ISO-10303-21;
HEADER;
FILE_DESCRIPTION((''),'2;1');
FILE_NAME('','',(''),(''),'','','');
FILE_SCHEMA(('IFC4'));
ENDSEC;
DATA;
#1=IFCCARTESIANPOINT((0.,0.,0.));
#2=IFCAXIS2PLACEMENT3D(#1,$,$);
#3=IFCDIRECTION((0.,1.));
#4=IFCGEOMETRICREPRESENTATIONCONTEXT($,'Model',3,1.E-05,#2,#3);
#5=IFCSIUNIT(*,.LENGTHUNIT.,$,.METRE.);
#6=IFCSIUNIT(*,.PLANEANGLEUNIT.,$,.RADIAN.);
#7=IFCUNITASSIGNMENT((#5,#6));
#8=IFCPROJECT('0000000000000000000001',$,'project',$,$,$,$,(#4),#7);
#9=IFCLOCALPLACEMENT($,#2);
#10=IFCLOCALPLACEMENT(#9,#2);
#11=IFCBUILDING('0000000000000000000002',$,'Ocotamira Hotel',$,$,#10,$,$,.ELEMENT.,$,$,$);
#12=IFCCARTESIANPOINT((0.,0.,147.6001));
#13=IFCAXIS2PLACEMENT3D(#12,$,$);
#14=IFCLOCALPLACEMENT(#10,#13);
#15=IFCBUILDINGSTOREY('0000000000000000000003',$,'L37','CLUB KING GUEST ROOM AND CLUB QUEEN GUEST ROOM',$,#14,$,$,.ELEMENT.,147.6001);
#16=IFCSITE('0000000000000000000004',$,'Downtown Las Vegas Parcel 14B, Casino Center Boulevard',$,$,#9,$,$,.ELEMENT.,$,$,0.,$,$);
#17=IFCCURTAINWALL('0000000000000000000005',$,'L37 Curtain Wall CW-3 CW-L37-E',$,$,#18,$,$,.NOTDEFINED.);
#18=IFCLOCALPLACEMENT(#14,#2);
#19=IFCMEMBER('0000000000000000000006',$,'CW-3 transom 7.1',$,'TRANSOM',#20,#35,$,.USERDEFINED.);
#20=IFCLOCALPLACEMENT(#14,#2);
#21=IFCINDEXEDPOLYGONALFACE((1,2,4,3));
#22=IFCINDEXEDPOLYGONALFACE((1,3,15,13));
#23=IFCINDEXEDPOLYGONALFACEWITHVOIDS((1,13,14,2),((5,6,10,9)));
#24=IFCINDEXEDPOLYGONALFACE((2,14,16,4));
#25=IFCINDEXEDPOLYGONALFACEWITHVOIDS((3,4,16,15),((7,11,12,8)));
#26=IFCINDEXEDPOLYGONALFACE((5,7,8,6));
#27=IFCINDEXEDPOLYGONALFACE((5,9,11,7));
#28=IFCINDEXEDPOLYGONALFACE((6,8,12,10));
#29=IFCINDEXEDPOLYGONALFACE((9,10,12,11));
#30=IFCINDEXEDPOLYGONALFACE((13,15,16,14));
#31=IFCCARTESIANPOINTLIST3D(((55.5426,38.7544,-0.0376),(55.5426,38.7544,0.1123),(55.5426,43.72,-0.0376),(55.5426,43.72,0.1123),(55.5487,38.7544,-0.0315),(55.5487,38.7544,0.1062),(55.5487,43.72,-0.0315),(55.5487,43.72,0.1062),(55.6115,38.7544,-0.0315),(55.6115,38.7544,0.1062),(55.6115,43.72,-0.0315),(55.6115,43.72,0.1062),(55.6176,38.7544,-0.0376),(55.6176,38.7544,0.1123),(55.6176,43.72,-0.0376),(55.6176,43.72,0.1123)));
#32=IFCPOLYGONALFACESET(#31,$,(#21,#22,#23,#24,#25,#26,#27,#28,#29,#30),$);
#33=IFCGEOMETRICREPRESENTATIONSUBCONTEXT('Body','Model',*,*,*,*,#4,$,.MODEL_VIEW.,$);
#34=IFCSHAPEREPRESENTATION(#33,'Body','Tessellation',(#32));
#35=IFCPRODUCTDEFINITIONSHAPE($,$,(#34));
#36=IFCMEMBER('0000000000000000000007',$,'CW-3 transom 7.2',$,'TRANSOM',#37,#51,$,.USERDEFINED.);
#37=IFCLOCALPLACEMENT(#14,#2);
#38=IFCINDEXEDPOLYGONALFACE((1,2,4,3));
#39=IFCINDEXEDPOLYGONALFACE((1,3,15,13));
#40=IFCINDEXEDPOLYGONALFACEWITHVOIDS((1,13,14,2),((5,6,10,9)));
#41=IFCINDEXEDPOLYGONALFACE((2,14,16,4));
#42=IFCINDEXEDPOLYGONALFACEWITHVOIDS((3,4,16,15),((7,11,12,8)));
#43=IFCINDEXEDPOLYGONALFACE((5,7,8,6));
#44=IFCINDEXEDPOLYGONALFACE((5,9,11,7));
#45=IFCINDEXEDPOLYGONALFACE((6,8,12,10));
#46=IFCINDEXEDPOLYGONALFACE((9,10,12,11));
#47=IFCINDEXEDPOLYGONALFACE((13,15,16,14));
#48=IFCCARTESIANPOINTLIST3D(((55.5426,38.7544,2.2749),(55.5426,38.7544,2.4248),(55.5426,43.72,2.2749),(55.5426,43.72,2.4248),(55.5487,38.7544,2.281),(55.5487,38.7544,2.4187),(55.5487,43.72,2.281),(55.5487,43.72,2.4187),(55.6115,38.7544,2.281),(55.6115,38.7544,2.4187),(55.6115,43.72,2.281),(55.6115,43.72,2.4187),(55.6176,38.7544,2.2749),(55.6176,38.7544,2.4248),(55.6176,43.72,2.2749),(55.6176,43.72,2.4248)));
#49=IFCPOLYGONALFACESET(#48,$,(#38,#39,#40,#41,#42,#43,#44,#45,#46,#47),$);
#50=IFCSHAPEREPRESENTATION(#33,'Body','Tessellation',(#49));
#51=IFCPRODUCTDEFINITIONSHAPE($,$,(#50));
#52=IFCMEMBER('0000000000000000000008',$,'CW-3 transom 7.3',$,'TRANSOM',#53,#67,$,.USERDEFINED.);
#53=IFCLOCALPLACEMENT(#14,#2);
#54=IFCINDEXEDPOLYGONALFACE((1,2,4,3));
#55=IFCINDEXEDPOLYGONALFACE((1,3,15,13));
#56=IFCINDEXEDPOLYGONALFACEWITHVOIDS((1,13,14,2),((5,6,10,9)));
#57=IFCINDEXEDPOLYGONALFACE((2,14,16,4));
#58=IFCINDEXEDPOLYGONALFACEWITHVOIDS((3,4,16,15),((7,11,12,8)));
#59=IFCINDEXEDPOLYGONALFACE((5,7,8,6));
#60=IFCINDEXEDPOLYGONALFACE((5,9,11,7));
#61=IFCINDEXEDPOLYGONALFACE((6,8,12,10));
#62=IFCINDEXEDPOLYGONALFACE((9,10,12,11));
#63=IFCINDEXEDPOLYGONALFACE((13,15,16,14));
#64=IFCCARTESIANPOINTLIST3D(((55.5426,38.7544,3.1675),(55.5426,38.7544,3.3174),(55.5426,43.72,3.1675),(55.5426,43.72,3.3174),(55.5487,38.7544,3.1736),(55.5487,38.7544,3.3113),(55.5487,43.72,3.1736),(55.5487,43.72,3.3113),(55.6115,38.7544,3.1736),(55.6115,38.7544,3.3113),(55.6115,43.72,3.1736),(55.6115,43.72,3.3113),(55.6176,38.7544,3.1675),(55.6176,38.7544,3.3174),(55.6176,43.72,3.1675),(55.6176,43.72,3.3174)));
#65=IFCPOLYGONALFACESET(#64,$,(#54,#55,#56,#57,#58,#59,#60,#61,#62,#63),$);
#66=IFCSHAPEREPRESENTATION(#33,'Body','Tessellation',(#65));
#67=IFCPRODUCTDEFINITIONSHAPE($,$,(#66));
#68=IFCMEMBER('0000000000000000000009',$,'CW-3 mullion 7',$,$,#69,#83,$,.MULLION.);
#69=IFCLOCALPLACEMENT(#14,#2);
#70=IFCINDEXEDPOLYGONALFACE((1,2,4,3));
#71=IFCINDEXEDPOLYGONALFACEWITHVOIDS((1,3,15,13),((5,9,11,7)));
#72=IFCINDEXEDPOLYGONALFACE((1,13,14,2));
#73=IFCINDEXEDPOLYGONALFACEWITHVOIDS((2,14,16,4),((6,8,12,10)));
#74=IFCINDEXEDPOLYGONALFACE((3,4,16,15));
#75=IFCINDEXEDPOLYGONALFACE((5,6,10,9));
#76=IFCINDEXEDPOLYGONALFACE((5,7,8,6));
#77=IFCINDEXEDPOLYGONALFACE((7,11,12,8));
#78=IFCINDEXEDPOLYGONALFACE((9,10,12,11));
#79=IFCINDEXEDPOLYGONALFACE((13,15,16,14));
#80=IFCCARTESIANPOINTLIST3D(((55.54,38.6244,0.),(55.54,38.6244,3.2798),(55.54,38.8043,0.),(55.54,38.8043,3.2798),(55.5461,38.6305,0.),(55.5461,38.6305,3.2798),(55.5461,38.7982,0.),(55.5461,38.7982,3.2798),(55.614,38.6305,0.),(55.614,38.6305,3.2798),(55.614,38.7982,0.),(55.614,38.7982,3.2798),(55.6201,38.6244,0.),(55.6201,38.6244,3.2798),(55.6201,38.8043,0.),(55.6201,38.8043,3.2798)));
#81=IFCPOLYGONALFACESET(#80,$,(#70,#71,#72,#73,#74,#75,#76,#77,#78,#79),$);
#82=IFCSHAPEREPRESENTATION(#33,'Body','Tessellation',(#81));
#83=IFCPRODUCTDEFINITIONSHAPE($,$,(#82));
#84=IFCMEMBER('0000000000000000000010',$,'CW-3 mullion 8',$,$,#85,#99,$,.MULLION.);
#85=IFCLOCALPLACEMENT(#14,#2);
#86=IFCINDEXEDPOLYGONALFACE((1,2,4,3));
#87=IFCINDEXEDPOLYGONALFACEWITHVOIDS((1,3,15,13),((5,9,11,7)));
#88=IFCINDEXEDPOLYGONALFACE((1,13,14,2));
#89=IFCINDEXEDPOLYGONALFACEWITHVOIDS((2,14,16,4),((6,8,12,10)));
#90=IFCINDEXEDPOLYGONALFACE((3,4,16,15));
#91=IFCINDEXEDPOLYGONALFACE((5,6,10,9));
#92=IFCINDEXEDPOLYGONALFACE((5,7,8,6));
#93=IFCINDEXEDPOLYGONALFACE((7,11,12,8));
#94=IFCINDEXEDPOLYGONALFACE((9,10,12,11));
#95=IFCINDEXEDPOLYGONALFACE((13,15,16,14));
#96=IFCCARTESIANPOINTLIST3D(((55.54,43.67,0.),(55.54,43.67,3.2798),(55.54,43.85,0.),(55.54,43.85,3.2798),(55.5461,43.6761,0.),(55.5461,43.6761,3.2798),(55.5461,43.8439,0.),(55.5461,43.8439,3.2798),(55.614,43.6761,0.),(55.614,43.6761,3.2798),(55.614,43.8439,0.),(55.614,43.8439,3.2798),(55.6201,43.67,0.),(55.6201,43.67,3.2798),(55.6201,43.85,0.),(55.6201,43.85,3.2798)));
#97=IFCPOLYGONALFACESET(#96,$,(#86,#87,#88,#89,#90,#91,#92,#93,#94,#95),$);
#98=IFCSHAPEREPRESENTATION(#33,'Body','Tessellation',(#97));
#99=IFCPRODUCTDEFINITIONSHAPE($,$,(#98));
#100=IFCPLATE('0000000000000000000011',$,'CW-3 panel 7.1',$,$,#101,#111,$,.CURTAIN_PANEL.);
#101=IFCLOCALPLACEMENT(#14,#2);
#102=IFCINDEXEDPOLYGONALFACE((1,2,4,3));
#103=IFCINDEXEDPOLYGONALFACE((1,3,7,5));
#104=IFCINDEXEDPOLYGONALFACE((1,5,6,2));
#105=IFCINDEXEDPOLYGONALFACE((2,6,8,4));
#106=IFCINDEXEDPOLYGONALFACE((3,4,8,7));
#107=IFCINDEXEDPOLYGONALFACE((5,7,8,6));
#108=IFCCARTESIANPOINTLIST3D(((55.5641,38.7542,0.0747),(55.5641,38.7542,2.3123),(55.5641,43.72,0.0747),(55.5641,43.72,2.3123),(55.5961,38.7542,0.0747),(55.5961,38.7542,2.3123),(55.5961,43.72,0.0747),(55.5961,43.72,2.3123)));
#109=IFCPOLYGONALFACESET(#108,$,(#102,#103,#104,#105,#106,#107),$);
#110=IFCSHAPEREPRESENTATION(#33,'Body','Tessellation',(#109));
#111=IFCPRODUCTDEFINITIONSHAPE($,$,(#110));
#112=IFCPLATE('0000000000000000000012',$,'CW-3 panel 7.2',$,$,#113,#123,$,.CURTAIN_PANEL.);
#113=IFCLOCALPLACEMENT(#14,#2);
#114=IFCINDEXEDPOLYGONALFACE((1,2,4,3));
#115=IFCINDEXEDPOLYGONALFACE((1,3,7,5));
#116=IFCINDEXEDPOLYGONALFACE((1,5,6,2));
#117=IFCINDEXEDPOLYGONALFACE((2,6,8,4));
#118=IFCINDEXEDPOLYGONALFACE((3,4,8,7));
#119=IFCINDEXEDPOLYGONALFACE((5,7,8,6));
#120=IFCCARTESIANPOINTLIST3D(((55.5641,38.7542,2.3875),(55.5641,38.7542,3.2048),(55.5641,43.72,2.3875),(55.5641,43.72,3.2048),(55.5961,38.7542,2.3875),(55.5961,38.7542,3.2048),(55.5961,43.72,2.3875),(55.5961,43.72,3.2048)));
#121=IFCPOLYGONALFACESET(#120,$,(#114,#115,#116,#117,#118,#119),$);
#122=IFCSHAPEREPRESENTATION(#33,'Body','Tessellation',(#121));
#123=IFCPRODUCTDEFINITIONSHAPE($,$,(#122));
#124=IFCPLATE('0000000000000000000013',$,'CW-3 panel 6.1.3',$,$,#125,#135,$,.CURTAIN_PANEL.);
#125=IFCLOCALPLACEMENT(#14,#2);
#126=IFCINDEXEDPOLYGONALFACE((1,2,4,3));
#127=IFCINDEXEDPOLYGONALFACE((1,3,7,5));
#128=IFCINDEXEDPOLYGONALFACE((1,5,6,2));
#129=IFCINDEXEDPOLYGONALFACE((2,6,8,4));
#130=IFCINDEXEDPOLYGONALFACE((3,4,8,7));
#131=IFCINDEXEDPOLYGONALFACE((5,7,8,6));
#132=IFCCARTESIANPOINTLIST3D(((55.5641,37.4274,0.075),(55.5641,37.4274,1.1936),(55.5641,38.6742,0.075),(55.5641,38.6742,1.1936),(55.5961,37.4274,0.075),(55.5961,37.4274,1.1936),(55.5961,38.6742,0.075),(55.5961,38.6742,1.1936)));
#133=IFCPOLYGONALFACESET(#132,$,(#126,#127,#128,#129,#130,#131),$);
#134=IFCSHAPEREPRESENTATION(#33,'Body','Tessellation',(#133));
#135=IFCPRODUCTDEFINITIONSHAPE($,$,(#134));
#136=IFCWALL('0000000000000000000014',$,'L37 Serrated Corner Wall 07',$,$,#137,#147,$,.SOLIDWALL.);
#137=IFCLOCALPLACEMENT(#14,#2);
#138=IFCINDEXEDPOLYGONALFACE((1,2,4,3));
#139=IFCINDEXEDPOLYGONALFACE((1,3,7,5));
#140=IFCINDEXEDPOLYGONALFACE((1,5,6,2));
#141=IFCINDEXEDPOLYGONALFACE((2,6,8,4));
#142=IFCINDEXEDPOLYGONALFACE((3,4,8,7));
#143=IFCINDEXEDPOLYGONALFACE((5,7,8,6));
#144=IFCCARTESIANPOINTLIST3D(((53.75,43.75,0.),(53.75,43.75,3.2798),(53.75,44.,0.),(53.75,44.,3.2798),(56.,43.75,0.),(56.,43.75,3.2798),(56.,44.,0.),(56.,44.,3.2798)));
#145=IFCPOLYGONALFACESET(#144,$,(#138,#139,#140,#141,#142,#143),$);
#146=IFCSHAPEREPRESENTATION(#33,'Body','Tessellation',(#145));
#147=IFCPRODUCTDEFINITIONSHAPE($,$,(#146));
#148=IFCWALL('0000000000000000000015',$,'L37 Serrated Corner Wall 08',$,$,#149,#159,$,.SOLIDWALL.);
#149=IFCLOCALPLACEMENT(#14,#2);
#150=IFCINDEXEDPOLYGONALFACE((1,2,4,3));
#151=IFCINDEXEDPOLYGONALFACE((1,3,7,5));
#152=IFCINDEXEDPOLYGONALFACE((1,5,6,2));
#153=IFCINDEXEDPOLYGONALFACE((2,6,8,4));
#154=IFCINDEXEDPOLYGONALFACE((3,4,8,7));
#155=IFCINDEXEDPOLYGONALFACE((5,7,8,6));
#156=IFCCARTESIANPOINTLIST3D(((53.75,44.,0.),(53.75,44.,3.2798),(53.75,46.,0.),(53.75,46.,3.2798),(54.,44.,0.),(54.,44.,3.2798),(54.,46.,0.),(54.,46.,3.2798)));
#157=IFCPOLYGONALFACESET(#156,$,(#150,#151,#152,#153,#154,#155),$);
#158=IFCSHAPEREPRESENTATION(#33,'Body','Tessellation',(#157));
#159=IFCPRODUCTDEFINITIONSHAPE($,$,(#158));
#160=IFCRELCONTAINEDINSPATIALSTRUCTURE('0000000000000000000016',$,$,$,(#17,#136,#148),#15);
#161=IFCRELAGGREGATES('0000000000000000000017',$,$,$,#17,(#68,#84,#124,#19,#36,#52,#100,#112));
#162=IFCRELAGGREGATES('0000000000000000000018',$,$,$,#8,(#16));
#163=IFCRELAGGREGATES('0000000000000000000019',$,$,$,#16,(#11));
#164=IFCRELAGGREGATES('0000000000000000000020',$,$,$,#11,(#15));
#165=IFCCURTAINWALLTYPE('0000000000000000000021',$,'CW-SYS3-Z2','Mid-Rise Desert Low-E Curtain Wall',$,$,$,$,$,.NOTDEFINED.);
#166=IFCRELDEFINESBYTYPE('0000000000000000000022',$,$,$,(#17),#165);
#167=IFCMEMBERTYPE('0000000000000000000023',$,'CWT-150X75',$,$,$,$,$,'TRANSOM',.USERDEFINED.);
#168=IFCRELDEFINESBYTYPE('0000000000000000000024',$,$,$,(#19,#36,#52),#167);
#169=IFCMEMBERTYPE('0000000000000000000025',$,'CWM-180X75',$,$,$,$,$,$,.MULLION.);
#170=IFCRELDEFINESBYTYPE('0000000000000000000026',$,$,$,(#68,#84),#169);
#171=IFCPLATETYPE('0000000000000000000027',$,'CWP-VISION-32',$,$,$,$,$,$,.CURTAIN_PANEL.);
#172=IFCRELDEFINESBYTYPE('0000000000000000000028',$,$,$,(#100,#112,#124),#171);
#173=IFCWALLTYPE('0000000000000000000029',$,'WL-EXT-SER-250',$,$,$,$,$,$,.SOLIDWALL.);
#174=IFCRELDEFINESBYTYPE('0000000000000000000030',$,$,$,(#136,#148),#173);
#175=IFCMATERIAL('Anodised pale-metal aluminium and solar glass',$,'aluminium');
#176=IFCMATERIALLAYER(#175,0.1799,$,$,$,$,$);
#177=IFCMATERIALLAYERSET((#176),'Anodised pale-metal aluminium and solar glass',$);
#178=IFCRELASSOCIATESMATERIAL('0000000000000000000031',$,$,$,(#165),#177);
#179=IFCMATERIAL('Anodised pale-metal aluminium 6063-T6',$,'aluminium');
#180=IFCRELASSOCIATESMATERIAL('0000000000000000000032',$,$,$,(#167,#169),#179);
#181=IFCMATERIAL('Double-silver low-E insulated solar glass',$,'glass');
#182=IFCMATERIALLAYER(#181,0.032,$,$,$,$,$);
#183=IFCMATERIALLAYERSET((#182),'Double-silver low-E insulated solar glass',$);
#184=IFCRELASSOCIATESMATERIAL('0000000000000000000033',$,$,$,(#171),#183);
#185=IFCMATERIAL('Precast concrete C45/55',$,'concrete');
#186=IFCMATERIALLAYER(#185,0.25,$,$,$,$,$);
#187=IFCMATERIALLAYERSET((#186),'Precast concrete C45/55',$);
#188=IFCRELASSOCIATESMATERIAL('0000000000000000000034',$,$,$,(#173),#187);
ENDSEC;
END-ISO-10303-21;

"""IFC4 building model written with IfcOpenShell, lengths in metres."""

from ifc_helpers import new_model, si_unit, direction, frame, frame_2d, origin, origin_2d, place, context, subcontext, project, spatial, rectangle, hollow_rectangle, extrude, source, transform, mapped, material, layer, layer_set, material_profile, profile_set, type_object, element, aggregate, save


model = new_model("IFC4")

# Units and contexts
model_context = context("Model", 3, precision=1e-05, world=origin(), true_north=direction((0.0, 1.0)))
body_context = subcontext(model_context, "Body", "Model", "MODEL_VIEW")
ifc_project = project(units=[si_unit("LENGTHUNIT", "METRE"), si_unit("PLANEANGLEUNIT", "RADIAN")], contexts=[model_context])

# Site, building, storey
site_placement = place(None, origin())
site = spatial("IfcSite", under=ifc_project, at=site_placement, Name="Downtown Las Vegas Parcel 14B, Casino Center Boulevard", CompositionType="ELEMENT", RefElevation=0.0)
building_placement = place(site_placement, origin())
building = spatial("IfcBuilding", under=site, at=building_placement, Name="Ocotamira Hotel", CompositionType="ELEMENT")
storey_placement = place(building_placement, frame((0.0, 0.0, 147.6001)))
storey = spatial("IfcBuildingStorey", under=building, at=storey_placement, Name="L37", Description="CLUB KING GUEST ROOM AND CLUB QUEEN GUEST ROOM", CompositionType="ELEMENT", Elevation=147.6001)

# Curtain wall, members, plates
ifc_material_1 = material(Name="Anodised pale-metal aluminium and solar glass", Category="aluminium")
ifc_layer_1 = layer(ifc_material_1, 0.1799)
ifc_layer_set_1 = layer_set([ifc_layer_1], Name="Anodised pale-metal aluminium and solar glass")
curtain_wall_type = type_object("IfcCurtainWallType", Name="CW-SYS3-Z2", Description="Mid-Rise Desert Low-E Curtain Wall", PredefinedType="NOTDEFINED", material=ifc_layer_set_1)
curtain_wall_placement = place(storey_placement, origin())
curtain_wall = element("IfcCurtainWall", 1, at=curtain_wall_placement, inside=storey, type_object=curtain_wall_type, Name="L37 Curtain Wall CW-3 CW-L37-E", PredefinedType="NOTDEFINED")
ifc_material_2 = material(Name="Anodised pale-metal aluminium 6063-T6", Category="aluminium")
ifc_material_profile_1 = material_profile(ifc_material_2, hollow_rectangle(XDim=0.075, YDim=0.1499, WallThickness=0.0061, at=origin_2d()), Name="HSS150X75X6")
ifc_profile_set_1 = profile_set([ifc_material_profile_1], Name="Anodised pale-metal aluminium 6063-T6")
member_type_1 = type_object("IfcMemberType", Name="CWT-150X75", ElementType="TRANSOM", PredefinedType="USERDEFINED", material=ifc_profile_set_1)
shared_shape_1 = source(origin(), body_context, "Body", "SweptSolid", [
    extrude(hollow_rectangle(XDim=0.075, YDim=0.1499, WallThickness=0.0061, at=origin_2d()), origin(), (0.0, 0.0, 1.0), 4.9656),
])
member_1_placement = place(storey_placement, frame((55.5801, 38.7544, 0.0374), z_axis=(0.0, 1.0, 0.0), x_axis=(-1.0, 0.0, 0.0)))
member_1 = element("IfcMember", 2, at=member_1_placement, type_object=member_type_1, Name="CW-3 transom 7.1", ObjectType="TRANSOM", PredefinedType="USERDEFINED", context=body_context, shape_type="MappedRepresentation", body=[
    mapped(shared_shape_1, transform((0.0, 0.0, 0.0), scale=1.0)),
])
member_2_placement = place(storey_placement, frame((55.5801, 38.7544, 2.3499), z_axis=(0.0, 1.0, 0.0), x_axis=(-1.0, 0.0, 0.0)))
member_2 = element("IfcMember", 3, at=member_2_placement, type_object=member_type_1, Name="CW-3 transom 7.2", ObjectType="TRANSOM", PredefinedType="USERDEFINED", context=body_context, shape_type="MappedRepresentation", body=[
    mapped(shared_shape_1, transform((0.0, 0.0, 0.0), scale=1.0)),
])
member_3_placement = place(storey_placement, frame((55.5801, 38.7544, 3.2424), z_axis=(0.0, 1.0, 0.0), x_axis=(-1.0, 0.0, 0.0)))
member_3 = element("IfcMember", 4, at=member_3_placement, type_object=member_type_1, Name="CW-3 transom 7.3", ObjectType="TRANSOM", PredefinedType="USERDEFINED", context=body_context, shape_type="MappedRepresentation", body=[
    mapped(shared_shape_1, transform((0.0, 0.0, 0.0), scale=1.0)),
])
ifc_material_profile_2 = material_profile(ifc_material_2, hollow_rectangle(XDim=0.0801, YDim=0.1799, WallThickness=0.0061, at=origin_2d()), Name="HSS180X80X6")
ifc_profile_set_2 = profile_set([ifc_material_profile_2], Name="Anodised pale-metal aluminium 6063-T6")
member_type_2 = type_object("IfcMemberType", Name="CWM-180X75", PredefinedType="MULLION", material=ifc_profile_set_2)
shared_shape_2 = source(origin(), body_context, "Body", "SweptSolid", [
    extrude(hollow_rectangle(XDim=0.0801, YDim=0.1799, WallThickness=0.0061, at=origin_2d()), origin(), (0.0, 0.0, 1.0), 3.2798),
])
member_4_placement = place(storey_placement, frame((55.5801, 38.7144, 0.0), z_axis=(0.0, 0.0, 1.0), x_axis=(-1.0, 0.0, 0.0)))
member_4 = element("IfcMember", 5, at=member_4_placement, type_object=member_type_2, Name="CW-3 mullion 7", PredefinedType="MULLION", context=body_context, shape_type="MappedRepresentation", body=[
    mapped(shared_shape_2, transform((0.0, 0.0, 0.0), scale=1.0)),
])
member_5_placement = place(storey_placement, frame((55.5801, 43.76, 0.0), z_axis=(0.0, 0.0, 1.0), x_axis=(-1.0, 0.0, 0.0)))
member_5 = element("IfcMember", 6, at=member_5_placement, type_object=member_type_2, Name="CW-3 mullion 8", PredefinedType="MULLION", context=body_context, shape_type="MappedRepresentation", body=[
    mapped(shared_shape_2, transform((0.0, 0.0, 0.0), scale=1.0)),
])
ifc_material_3 = material(Name="Double-silver low-E insulated solar glass", Category="glass")
ifc_layer_2 = layer(ifc_material_3, 0.032)
ifc_layer_set_2 = layer_set([ifc_layer_2], Name="Double-silver low-E insulated solar glass")
plate_type = type_object("IfcPlateType", Name="CWP-VISION-32", PredefinedType="CURTAIN_PANEL", material=ifc_layer_set_2)
shared_shape_3 = source(origin(), body_context, "Body", "SweptSolid", [
    extrude(rectangle(XDim=4.9658, YDim=0.032, at=origin_2d()), origin(), (0.0, 0.0, 1.0), 2.2375),
])
plate_1_placement = place(storey_placement, frame((55.5801, 41.2371, 0.0747), z_axis=(0.0, 0.0, 1.0), x_axis=(0.0, 1.0, 0.0)))
plate_1 = element("IfcPlate", 7, at=plate_1_placement, type_object=plate_type, Name="CW-3 panel 7.1", PredefinedType="CURTAIN_PANEL", context=body_context, shape_type="MappedRepresentation", body=[
    mapped(shared_shape_3, transform((0.0, 0.0, 0.0), scale=1.0)),
])
shared_shape_4 = source(origin(), body_context, "Body", "SweptSolid", [
    extrude(rectangle(XDim=4.9658, YDim=0.032, at=origin_2d()), origin(), (0.0, 0.0, 1.0), 0.8174),
])
plate_2_placement = place(storey_placement, frame((55.5801, 41.2371, 2.3875), z_axis=(0.0, 0.0, 1.0), x_axis=(0.0, 1.0, 0.0)))
plate_2 = element("IfcPlate", 8, at=plate_2_placement, type_object=plate_type, Name="CW-3 panel 7.2", PredefinedType="CURTAIN_PANEL", context=body_context, shape_type="MappedRepresentation", body=[
    mapped(shared_shape_4, transform((0.0, 0.0, 0.0), scale=1.0)),
])
shared_shape_5 = source(origin(), body_context, "Body", "SweptSolid", [
    extrude(rectangle(XDim=1.2468, YDim=0.032, at=origin_2d()), origin(), (0.0, 0.0, 1.0), 1.1187),
])
plate_3_placement = place(storey_placement, frame((55.5801, 38.0508, 0.075), z_axis=(0.0, 0.0, 1.0), x_axis=(0.0, 1.0, 0.0)))
plate_3 = element("IfcPlate", 9, at=plate_3_placement, type_object=plate_type, Name="CW-3 panel 6.1.3", PredefinedType="CURTAIN_PANEL", context=body_context, shape_type="MappedRepresentation", body=[
    mapped(shared_shape_5, transform((0.0, 0.0, 0.0), scale=1.0)),
])
aggregate(curtain_wall, [member_4, member_5, plate_3, member_1, member_2, member_3, plate_1, plate_2])

# Walls
ifc_material_4 = material(Name="Precast concrete C45/55", Category="concrete")
ifc_layer_3 = layer(ifc_material_4, 0.25)
ifc_layer_set_3 = layer_set([ifc_layer_3], Name="Precast concrete C45/55")
wall_type_1 = type_object("IfcWallType", Name="WL-EXT-SER-250", PredefinedType="SOLIDWALL", material=ifc_layer_set_3)
wall_1_placement = place(storey_placement, frame((56.0, 43.875, 0.0), z_axis=(0.0, 0.0, 1.0), x_axis=(-1.0, 0.0, 0.0)))
element("IfcWall", 10, at=wall_1_placement, inside=storey, type_object=wall_type_1, Name="L37 Serrated Corner Wall 07", PredefinedType="SOLIDWALL", context=body_context, shape_type="SweptSolid", body=[
    extrude(rectangle(XDim=2.25, YDim=0.25, at=frame_2d((1.125, 0.0))), origin(), (0.0, 0.0, 1.0), 3.2798),
])
wall_2_placement = place(storey_placement, frame((53.875, 44.0, 0.0), z_axis=(0.0, 0.0, 1.0), x_axis=(0.0, 1.0, 0.0)))
element("IfcWall", 11, at=wall_2_placement, inside=storey, type_object=wall_type_1, Name="L37 Serrated Corner Wall 08", PredefinedType="SOLIDWALL", context=body_context, shape_type="SweptSolid", body=[
    extrude(rectangle(XDim=2.0, YDim=0.25, at=frame_2d((1.0, 0.0))), origin(), (0.0, 0.0, 1.0), 3.2798),
])

save(model, "model.ifc")
